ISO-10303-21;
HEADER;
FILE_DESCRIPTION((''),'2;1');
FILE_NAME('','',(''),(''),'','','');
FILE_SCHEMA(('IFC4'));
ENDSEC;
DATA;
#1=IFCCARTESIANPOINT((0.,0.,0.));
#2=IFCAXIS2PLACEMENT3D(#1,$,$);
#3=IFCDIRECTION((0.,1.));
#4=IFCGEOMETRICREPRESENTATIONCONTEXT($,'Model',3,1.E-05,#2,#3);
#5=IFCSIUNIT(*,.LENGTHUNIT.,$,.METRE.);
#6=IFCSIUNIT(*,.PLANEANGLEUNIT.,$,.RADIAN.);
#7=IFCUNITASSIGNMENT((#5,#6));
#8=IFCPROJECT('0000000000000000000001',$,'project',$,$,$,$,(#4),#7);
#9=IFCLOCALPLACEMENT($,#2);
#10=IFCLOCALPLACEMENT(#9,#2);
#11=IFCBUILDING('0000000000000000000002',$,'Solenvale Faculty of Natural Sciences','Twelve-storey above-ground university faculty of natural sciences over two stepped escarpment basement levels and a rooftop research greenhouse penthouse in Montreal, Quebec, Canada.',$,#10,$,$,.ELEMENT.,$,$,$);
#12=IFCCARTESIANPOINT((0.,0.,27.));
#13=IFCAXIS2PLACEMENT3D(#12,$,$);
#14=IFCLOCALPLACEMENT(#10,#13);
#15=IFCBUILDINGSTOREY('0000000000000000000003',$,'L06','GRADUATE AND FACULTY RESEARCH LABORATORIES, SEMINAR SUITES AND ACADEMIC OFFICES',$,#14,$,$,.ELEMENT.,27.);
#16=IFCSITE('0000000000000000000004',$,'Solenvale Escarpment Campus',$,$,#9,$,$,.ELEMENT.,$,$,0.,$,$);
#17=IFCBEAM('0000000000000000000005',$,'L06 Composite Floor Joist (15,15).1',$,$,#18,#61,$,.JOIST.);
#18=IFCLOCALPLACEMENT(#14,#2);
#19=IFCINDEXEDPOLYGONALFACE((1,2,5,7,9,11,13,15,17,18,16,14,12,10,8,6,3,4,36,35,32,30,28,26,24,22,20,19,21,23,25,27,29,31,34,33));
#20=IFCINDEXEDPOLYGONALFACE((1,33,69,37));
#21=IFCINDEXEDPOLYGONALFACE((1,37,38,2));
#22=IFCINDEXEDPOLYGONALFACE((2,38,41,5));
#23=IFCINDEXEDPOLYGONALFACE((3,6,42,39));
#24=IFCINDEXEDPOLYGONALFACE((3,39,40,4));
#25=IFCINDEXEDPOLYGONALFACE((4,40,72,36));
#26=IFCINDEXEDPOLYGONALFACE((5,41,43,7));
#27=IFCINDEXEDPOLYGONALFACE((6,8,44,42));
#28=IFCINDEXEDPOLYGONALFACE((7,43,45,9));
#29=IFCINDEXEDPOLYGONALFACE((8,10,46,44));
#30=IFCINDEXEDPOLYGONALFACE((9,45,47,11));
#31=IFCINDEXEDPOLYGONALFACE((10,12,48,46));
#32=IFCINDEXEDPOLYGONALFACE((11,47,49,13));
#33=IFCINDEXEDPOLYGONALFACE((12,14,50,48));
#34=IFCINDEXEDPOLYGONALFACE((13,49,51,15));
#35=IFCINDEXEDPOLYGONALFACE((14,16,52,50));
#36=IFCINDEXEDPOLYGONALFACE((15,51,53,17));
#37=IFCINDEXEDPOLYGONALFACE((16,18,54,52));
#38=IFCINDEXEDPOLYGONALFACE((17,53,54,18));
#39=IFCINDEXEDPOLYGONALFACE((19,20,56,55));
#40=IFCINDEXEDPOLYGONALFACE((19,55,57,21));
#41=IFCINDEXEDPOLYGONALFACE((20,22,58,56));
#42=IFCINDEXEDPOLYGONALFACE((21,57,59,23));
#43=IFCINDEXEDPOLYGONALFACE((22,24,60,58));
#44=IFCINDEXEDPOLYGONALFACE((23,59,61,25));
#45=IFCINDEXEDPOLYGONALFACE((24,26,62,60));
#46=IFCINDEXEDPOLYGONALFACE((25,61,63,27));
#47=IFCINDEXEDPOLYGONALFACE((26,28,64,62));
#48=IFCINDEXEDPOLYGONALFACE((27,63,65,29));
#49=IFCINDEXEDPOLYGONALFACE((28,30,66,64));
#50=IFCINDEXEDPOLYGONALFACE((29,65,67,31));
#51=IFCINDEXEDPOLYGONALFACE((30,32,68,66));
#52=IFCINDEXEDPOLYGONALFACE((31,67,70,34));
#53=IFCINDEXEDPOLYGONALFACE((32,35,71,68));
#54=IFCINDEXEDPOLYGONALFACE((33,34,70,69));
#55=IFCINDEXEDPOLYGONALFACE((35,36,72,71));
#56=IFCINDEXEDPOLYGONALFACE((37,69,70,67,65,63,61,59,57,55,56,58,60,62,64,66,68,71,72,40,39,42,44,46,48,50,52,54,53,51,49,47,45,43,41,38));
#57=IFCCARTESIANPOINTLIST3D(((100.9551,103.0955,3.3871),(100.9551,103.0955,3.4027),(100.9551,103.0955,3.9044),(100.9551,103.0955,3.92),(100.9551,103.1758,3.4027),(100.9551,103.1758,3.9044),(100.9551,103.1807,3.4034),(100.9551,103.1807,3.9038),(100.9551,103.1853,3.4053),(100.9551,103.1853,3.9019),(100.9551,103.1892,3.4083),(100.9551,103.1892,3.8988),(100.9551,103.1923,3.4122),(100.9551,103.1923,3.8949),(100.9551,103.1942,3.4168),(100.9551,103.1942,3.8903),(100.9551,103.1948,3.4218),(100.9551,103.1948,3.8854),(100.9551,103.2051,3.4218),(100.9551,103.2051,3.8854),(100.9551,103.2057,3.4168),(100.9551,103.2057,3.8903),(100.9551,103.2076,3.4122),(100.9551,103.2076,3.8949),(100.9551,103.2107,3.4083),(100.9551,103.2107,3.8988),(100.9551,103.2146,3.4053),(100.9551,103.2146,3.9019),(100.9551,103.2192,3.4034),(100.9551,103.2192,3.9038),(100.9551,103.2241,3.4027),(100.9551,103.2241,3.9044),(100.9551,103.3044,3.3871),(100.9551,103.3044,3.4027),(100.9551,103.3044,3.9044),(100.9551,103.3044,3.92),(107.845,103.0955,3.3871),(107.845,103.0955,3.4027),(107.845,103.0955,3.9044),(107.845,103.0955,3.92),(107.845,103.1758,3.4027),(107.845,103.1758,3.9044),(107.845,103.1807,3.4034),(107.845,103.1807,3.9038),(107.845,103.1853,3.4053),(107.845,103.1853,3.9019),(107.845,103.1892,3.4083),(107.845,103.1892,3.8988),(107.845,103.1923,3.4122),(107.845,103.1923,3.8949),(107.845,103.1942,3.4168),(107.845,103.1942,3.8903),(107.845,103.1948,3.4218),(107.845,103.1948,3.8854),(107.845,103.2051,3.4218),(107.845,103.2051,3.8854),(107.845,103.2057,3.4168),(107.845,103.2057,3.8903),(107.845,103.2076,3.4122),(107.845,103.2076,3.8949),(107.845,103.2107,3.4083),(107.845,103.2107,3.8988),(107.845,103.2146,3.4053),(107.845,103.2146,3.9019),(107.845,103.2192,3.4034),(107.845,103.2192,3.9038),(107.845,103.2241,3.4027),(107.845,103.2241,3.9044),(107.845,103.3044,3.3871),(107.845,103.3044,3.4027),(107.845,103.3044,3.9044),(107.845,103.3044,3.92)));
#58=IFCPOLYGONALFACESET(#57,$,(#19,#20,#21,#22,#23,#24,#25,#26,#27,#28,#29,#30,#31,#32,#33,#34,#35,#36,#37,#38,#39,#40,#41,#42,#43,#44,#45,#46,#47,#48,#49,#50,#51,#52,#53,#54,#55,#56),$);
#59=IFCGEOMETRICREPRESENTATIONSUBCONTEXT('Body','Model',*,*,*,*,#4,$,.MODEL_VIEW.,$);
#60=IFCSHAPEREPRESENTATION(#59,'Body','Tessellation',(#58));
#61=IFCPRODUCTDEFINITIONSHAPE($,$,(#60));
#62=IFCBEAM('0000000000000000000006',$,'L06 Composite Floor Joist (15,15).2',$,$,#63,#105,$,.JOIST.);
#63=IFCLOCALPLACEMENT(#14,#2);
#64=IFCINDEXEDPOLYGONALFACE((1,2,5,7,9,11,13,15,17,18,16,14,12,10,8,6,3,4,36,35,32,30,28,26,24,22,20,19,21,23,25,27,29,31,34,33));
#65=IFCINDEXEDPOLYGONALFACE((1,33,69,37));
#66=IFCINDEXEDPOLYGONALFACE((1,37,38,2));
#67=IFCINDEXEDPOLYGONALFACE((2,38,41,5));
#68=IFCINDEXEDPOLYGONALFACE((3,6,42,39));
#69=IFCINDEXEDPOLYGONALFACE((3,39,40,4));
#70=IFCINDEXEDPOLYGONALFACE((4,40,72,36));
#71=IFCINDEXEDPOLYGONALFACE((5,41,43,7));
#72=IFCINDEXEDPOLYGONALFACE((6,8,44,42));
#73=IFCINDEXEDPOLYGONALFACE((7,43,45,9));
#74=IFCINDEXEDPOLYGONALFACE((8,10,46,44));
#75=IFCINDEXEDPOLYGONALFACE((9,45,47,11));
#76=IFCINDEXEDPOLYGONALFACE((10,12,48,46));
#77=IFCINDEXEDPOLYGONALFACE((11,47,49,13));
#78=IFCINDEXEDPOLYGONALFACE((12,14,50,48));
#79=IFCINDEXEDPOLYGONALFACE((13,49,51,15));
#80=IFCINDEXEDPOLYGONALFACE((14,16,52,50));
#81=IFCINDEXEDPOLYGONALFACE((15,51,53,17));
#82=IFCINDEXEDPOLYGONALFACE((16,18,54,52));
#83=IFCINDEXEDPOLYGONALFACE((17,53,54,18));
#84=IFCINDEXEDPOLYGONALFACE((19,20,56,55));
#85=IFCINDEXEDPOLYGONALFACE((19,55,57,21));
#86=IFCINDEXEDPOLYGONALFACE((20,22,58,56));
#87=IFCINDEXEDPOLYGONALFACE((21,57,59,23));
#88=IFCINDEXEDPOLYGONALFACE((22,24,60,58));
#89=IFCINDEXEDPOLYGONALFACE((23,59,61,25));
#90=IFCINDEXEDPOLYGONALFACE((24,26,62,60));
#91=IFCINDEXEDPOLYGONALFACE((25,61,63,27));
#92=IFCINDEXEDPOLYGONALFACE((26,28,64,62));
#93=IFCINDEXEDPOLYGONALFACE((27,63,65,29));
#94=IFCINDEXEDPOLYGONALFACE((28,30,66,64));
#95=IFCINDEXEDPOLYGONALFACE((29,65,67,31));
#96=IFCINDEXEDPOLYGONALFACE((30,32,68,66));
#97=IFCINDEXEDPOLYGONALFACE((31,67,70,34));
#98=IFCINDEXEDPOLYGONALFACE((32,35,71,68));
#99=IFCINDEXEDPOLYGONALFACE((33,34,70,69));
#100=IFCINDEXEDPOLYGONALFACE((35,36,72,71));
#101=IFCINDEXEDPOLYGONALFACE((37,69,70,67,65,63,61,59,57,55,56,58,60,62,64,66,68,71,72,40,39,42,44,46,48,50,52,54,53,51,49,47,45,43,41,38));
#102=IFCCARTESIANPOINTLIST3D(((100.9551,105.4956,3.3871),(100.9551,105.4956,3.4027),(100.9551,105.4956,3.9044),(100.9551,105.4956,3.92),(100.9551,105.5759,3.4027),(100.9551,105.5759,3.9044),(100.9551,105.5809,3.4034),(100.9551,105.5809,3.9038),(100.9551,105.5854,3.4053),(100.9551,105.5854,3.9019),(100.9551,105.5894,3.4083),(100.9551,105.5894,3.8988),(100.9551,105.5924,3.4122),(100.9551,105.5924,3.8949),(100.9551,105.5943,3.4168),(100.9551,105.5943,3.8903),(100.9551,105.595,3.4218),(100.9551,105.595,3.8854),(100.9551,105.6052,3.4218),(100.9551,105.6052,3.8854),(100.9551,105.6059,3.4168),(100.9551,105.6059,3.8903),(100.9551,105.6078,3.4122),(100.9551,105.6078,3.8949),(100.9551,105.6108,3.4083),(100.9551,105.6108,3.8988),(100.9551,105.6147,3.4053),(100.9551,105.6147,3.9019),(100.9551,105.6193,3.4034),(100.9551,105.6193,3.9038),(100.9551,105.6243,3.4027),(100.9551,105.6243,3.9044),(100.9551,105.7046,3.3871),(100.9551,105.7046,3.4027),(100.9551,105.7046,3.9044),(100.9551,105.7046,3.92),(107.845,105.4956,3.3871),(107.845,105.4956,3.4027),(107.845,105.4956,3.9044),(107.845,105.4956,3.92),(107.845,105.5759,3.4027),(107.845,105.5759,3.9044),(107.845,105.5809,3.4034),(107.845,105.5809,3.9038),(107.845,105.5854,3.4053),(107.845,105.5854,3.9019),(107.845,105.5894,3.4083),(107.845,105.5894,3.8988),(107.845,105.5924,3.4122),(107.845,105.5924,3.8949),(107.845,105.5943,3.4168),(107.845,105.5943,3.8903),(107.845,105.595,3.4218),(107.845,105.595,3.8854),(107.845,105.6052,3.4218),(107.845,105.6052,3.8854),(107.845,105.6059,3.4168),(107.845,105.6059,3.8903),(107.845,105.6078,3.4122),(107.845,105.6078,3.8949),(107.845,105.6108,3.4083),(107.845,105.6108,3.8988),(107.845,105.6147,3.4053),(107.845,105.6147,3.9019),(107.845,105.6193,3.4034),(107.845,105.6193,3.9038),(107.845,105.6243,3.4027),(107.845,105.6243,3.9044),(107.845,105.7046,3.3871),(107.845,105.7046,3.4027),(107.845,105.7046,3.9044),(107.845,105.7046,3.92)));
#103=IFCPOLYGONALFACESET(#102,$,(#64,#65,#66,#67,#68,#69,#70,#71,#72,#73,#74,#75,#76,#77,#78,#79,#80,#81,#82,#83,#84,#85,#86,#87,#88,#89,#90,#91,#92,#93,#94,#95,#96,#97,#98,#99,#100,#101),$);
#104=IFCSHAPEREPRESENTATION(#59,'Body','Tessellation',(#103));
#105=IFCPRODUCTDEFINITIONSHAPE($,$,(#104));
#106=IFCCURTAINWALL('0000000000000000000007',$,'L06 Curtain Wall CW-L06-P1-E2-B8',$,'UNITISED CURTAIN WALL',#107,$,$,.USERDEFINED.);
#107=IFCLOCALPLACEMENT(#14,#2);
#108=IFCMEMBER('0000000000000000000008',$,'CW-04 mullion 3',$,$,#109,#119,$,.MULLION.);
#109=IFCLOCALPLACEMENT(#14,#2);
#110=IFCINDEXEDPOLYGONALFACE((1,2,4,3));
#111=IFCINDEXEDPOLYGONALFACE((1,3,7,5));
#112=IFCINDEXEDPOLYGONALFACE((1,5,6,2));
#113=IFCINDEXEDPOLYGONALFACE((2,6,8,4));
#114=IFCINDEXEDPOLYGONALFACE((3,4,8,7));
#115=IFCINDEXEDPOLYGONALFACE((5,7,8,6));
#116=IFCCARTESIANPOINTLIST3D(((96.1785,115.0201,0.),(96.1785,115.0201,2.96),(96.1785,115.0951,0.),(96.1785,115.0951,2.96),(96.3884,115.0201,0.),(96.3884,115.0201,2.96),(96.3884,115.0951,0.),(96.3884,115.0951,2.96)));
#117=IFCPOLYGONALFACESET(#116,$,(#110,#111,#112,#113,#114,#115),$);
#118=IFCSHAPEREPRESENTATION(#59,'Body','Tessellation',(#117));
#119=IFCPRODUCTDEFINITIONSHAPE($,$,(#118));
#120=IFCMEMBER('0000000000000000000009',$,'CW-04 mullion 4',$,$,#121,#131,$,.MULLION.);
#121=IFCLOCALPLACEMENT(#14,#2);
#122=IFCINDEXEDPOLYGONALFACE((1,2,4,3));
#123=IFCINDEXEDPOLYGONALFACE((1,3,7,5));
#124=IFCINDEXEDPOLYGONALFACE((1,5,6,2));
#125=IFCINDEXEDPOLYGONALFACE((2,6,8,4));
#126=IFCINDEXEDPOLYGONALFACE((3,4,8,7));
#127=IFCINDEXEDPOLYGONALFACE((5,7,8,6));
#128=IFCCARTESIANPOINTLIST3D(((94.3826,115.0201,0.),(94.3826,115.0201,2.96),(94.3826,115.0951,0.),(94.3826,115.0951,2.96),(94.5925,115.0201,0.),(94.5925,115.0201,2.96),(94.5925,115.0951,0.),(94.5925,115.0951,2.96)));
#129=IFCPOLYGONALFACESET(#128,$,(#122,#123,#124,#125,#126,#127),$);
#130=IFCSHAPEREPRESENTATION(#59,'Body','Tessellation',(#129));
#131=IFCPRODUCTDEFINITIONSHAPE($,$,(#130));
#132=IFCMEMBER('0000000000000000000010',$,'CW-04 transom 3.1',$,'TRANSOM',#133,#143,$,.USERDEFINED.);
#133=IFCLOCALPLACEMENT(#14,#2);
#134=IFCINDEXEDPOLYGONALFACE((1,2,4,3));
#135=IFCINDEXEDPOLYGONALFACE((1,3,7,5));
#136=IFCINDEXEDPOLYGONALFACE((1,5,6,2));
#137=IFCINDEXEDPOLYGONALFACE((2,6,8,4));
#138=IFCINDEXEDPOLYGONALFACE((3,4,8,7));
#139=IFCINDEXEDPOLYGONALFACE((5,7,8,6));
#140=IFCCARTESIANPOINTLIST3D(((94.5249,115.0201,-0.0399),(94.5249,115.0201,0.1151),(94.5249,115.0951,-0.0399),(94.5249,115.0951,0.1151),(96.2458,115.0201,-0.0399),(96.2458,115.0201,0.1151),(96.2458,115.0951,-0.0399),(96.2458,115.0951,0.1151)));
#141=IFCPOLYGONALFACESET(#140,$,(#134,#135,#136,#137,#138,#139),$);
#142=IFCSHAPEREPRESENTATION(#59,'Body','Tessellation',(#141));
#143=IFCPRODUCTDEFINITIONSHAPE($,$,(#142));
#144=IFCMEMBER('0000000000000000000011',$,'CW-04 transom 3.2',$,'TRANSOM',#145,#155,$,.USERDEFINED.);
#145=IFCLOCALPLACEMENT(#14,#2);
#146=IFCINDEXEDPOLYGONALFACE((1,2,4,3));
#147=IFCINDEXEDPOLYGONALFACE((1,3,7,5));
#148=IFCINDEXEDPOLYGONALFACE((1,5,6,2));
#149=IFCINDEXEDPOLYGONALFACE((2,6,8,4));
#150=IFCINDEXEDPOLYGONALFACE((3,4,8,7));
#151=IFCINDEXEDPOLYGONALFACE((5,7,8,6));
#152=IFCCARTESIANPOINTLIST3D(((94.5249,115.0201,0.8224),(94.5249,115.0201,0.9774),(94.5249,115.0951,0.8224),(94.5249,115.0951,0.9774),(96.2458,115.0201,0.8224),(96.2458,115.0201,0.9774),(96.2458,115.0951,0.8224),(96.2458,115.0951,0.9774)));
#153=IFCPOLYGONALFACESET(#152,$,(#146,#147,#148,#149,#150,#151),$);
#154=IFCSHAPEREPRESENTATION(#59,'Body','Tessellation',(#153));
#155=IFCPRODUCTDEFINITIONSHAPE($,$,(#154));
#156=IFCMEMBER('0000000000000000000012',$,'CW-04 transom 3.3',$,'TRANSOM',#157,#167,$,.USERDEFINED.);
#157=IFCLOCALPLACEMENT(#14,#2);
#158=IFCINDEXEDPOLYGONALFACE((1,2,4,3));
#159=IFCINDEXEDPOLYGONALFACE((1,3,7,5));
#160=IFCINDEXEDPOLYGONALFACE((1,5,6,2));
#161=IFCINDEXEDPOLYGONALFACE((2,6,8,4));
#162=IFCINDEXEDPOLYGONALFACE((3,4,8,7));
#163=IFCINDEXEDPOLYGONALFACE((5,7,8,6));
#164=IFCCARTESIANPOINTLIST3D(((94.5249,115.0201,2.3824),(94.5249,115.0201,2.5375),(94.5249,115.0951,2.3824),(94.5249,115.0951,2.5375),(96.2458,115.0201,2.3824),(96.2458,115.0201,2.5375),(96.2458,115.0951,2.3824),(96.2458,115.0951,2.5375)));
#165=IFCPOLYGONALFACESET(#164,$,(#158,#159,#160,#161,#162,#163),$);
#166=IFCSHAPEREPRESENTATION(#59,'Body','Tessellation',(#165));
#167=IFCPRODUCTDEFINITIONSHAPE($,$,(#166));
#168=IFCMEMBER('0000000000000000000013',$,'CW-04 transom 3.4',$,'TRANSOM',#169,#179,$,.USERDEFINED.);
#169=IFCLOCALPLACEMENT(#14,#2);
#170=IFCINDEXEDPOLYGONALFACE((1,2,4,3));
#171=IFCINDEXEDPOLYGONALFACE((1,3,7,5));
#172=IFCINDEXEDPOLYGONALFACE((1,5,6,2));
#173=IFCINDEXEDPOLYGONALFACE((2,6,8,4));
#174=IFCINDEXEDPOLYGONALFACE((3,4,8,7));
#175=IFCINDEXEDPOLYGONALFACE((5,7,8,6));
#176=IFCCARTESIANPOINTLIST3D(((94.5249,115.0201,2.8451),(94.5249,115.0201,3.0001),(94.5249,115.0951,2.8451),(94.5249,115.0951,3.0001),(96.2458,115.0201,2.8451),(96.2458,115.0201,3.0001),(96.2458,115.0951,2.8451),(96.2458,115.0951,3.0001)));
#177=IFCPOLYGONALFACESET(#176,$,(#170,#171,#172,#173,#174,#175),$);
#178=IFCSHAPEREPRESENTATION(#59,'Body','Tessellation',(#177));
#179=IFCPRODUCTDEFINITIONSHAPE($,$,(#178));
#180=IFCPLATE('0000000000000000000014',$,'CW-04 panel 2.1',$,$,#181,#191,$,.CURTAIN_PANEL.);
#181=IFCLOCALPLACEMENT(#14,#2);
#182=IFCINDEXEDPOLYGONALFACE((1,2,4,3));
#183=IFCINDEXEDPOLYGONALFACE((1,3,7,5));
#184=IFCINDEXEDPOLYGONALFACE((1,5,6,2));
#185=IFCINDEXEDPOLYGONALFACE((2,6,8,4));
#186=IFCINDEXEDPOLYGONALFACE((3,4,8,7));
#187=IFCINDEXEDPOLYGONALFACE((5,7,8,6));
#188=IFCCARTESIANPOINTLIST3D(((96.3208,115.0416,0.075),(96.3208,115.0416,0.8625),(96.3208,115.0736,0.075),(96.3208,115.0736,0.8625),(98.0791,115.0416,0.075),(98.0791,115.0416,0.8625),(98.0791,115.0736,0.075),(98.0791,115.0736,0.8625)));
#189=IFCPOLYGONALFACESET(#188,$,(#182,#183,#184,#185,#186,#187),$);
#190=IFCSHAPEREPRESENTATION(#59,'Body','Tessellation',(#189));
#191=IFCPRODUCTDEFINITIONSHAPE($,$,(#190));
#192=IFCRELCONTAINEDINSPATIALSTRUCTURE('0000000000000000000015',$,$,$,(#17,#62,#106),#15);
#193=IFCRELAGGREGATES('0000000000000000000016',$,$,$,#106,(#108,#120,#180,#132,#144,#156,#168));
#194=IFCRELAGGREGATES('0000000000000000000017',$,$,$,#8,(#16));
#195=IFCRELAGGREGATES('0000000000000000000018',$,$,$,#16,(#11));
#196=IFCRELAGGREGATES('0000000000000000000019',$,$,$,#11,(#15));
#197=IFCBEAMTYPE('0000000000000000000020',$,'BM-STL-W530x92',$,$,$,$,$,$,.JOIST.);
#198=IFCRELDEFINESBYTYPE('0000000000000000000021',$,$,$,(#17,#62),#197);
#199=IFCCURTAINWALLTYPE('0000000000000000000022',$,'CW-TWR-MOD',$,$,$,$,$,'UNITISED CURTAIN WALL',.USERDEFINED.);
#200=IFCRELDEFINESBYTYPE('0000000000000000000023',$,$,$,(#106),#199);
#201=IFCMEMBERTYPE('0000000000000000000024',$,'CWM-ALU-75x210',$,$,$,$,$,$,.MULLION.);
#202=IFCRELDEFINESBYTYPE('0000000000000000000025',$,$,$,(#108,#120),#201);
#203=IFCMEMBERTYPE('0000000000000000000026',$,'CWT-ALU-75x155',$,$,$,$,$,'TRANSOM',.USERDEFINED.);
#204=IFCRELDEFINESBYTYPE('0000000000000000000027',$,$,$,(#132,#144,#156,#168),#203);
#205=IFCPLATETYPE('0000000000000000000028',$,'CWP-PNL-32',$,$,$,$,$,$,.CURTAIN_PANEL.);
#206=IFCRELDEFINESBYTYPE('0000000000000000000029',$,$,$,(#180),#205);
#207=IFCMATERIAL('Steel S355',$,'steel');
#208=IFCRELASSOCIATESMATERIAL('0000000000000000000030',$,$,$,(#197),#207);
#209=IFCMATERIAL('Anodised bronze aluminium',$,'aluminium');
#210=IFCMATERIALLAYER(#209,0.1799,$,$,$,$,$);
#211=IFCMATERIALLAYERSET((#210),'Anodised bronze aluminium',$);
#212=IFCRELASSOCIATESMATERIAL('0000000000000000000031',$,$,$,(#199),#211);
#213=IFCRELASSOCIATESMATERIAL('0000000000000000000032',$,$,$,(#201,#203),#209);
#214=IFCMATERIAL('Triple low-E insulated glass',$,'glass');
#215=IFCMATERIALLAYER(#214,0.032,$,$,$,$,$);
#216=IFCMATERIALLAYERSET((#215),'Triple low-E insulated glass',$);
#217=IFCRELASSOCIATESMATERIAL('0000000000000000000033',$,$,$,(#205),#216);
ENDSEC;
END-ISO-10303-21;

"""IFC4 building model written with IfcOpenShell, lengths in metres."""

from ifc_helpers import new_model, si_unit, direction, frame, origin, origin_2d, place, context, subcontext, project, spatial, rectangle, i_section, extrude, material, layer, layer_set, material_profile, profile_set, type_object, element, aggregate, save


model = new_model("IFC4")

# Units and contexts
model_context = context("Model", 3, precision=1e-05, world=origin(), true_north=direction((0.0, 1.0)))
body_context = subcontext(model_context, "Body", "Model", "MODEL_VIEW")
ifc_project = project(units=[si_unit("LENGTHUNIT", "METRE"), si_unit("PLANEANGLEUNIT", "RADIAN")], contexts=[model_context])

# Site, building, storey
site_placement = place(None, origin())
site = spatial("IfcSite", under=ifc_project, at=site_placement, Name="Solenvale Escarpment Campus", CompositionType="ELEMENT", RefElevation=0.0)
building_placement = place(site_placement, origin())
building = spatial("IfcBuilding", under=site, at=building_placement, Name="Solenvale Faculty of Natural Sciences", Description="Twelve-storey above-ground university faculty of natural sciences over two stepped escarpment basement levels and a rooftop research greenhouse penthouse in Montreal, Quebec, Canada.", CompositionType="ELEMENT")
storey_placement = place(building_placement, frame((0.0, 0.0, 27.0)))
storey = spatial("IfcBuildingStorey", under=building, at=storey_placement, Name="L06", Description="GRADUATE AND FACULTY RESEARCH LABORATORIES, SEMINAR SUITES AND ACADEMIC OFFICES", CompositionType="ELEMENT", Elevation=27.0)

# Beams
ifc_material_1 = material(Name="Steel S355", Category="steel")
ifc_material_profile_1 = material_profile(ifc_material_1, i_section(OverallWidth=0.209, OverallDepth=0.533, WebThickness=0.0103, FlangeThickness=0.0156, FilletRadius=0.019, at=origin_2d()), Name="W530x92")
ifc_profile_set_1 = profile_set([ifc_material_profile_1], Name="Steel S355")
beam_type_1 = type_object("IfcBeamType", Name="BM-STL-W530x92", PredefinedType="JOIST", material=ifc_profile_set_1)
for number, where, z_axis, x_axis, name in (
    (1, (100.9551, 103.2, 3.6536), (1.0, 0.0, 0.0), (0.0, 1.0, 0.0), "L06 Composite Floor Joist (15,15).1"),
    (2, (100.9551, 105.6001, 3.6536), (1.0, 0.0, 0.0), (0.0, 1.0, 0.0), "L06 Composite Floor Joist (15,15).2"),
):
    element("IfcBeam", number, at=place(storey_placement, frame(where, z_axis=z_axis, x_axis=x_axis)), inside=storey, type_object=beam_type_1, Name=name, PredefinedType="JOIST", context=body_context, shape_type="SweptSolid", body=[
        extrude(i_section(OverallWidth=0.209, OverallDepth=0.533, WebThickness=0.0103, FlangeThickness=0.0156, FilletRadius=0.019, at=origin_2d()), origin(), (0.0, 0.0, 1.0), 6.8899),
    ])

# Curtain wall, members, plate
ifc_material_2 = material(Name="Anodised bronze aluminium", Category="aluminium")
ifc_layer_1 = layer(ifc_material_2, 0.1799)
ifc_layer_set_1 = layer_set([ifc_layer_1], Name="Anodised bronze aluminium")
curtain_wall_type = type_object("IfcCurtainWallType", Name="CW-TWR-MOD", ElementType="UNITISED CURTAIN WALL", PredefinedType="USERDEFINED", material=ifc_layer_set_1)
curtain_wall_placement = place(storey_placement, origin())
curtain_wall = element("IfcCurtainWall", 3, at=curtain_wall_placement, inside=storey, type_object=curtain_wall_type, Name="L06 Curtain Wall CW-L06-P1-E2-B8", ObjectType="UNITISED CURTAIN WALL", PredefinedType="USERDEFINED")
ifc_material_profile_2 = material_profile(ifc_material_2, rectangle(XDim=0.075, YDim=0.21, at=origin_2d()), Name="ALU-MUL-75x210")
ifc_profile_set_2 = profile_set([ifc_material_profile_2], Name="Anodised bronze aluminium")
member_type_1 = type_object("IfcMemberType", Name="CWM-ALU-75x210", PredefinedType="MULLION", material=ifc_profile_set_2)
member_1_placement = place(storey_placement, frame((96.2834, 115.0576, 0.0), z_axis=(0.0, 0.0, 1.0), x_axis=(0.0, -1.0, 0.0)))
member_1 = element("IfcMember", 4, at=member_1_placement, type_object=member_type_1, Name="CW-04 mullion 3", PredefinedType="MULLION", context=body_context, shape_type="SweptSolid", body=[
    extrude(rectangle(XDim=0.075, YDim=0.21, at=origin_2d()), origin(), (0.0, 0.0, 1.0), 2.96),
])
member_2_placement = place(storey_placement, frame((94.4875, 115.0576, 0.0), z_axis=(0.0, 0.0, 1.0), x_axis=(0.0, -1.0, 0.0)))
member_2 = element("IfcMember", 5, at=member_2_placement, type_object=member_type_1, Name="CW-04 mullion 4", PredefinedType="MULLION", context=body_context, shape_type="SweptSolid", body=[
    extrude(rectangle(XDim=0.075, YDim=0.21, at=origin_2d()), origin(), (0.0, 0.0, 1.0), 2.96),
])
ifc_material_profile_3 = material_profile(ifc_material_2, rectangle(XDim=0.075, YDim=0.155, at=origin_2d()), Name="ALU-TRN-75x155")
ifc_profile_set_3 = profile_set([ifc_material_profile_3], Name="Anodised bronze aluminium")
member_type_2 = type_object("IfcMemberType", Name="CWT-ALU-75x155", ElementType="TRANSOM", PredefinedType="USERDEFINED", material=ifc_profile_set_3)
member_3_placement = place(storey_placement, frame((96.2458, 115.0576, 0.0376), z_axis=(-1.0, 0.0, 0.0), x_axis=(0.0, -1.0, 0.0)))
member_3 = element("IfcMember", 6, at=member_3_placement, type_object=member_type_2, Name="CW-04 transom 3.1", ObjectType="TRANSOM", PredefinedType="USERDEFINED", context=body_context, shape_type="SweptSolid", body=[
    extrude(rectangle(XDim=0.075, YDim=0.155, at=origin_2d()), origin(), (0.0, 0.0, 1.0), 1.7209),
])
member_4_placement = place(storey_placement, frame((96.2458, 115.0576, 0.8999), z_axis=(-1.0, 0.0, 0.0), x_axis=(0.0, -1.0, 0.0)))
member_4 = element("IfcMember", 7, at=member_4_placement, type_object=member_type_2, Name="CW-04 transom 3.2", ObjectType="TRANSOM", PredefinedType="USERDEFINED", context=body_context, shape_type="SweptSolid", body=[
    extrude(rectangle(XDim=0.075, YDim=0.155, at=origin_2d()), origin(), (0.0, 0.0, 1.0), 1.7209),
])
member_5_placement = place(storey_placement, frame((96.2458, 115.0576, 2.46), z_axis=(-1.0, 0.0, 0.0), x_axis=(0.0, -1.0, 0.0)))
member_5 = element("IfcMember", 8, at=member_5_placement, type_object=member_type_2, Name="CW-04 transom 3.3", ObjectType="TRANSOM", PredefinedType="USERDEFINED", context=body_context, shape_type="SweptSolid", body=[
    extrude(rectangle(XDim=0.075, YDim=0.155, at=origin_2d()), origin(), (0.0, 0.0, 1.0), 1.7209),
])
member_6_placement = place(storey_placement, frame((96.2458, 115.0576, 2.9226), z_axis=(-1.0, 0.0, 0.0), x_axis=(0.0, -1.0, 0.0)))
member_6 = element("IfcMember", 9, at=member_6_placement, type_object=member_type_2, Name="CW-04 transom 3.4", ObjectType="TRANSOM", PredefinedType="USERDEFINED", context=body_context, shape_type="SweptSolid", body=[
    extrude(rectangle(XDim=0.075, YDim=0.155, at=origin_2d()), origin(), (0.0, 0.0, 1.0), 1.7209),
])
ifc_material_3 = material(Name="Triple low-E insulated glass", Category="glass")
ifc_layer_2 = layer(ifc_material_3, 0.032)
ifc_layer_set_2 = layer_set([ifc_layer_2], Name="Triple low-E insulated glass")
plate_type = type_object("IfcPlateType", Name="CWP-PNL-32", PredefinedType="CURTAIN_PANEL", material=ifc_layer_set_2)
plate_1_placement = place(storey_placement, frame((97.2, 115.0576, 0.075), z_axis=(0.0, 0.0, 1.0), x_axis=(-1.0, 0.0, 0.0)))
plate_1 = element("IfcPlate", 10, at=plate_1_placement, type_object=plate_type, Name="CW-04 panel 2.1", PredefinedType="CURTAIN_PANEL", context=body_context, shape_type="SweptSolid", body=[
    extrude(rectangle(XDim=1.7583, YDim=0.032, at=origin_2d()), origin(), (0.0, 0.0, 1.0), 0.7876),
])
aggregate(curtain_wall, [member_1, member_2, plate_1, member_3, member_4, member_5, member_6])

save(model, "model.ifc")
